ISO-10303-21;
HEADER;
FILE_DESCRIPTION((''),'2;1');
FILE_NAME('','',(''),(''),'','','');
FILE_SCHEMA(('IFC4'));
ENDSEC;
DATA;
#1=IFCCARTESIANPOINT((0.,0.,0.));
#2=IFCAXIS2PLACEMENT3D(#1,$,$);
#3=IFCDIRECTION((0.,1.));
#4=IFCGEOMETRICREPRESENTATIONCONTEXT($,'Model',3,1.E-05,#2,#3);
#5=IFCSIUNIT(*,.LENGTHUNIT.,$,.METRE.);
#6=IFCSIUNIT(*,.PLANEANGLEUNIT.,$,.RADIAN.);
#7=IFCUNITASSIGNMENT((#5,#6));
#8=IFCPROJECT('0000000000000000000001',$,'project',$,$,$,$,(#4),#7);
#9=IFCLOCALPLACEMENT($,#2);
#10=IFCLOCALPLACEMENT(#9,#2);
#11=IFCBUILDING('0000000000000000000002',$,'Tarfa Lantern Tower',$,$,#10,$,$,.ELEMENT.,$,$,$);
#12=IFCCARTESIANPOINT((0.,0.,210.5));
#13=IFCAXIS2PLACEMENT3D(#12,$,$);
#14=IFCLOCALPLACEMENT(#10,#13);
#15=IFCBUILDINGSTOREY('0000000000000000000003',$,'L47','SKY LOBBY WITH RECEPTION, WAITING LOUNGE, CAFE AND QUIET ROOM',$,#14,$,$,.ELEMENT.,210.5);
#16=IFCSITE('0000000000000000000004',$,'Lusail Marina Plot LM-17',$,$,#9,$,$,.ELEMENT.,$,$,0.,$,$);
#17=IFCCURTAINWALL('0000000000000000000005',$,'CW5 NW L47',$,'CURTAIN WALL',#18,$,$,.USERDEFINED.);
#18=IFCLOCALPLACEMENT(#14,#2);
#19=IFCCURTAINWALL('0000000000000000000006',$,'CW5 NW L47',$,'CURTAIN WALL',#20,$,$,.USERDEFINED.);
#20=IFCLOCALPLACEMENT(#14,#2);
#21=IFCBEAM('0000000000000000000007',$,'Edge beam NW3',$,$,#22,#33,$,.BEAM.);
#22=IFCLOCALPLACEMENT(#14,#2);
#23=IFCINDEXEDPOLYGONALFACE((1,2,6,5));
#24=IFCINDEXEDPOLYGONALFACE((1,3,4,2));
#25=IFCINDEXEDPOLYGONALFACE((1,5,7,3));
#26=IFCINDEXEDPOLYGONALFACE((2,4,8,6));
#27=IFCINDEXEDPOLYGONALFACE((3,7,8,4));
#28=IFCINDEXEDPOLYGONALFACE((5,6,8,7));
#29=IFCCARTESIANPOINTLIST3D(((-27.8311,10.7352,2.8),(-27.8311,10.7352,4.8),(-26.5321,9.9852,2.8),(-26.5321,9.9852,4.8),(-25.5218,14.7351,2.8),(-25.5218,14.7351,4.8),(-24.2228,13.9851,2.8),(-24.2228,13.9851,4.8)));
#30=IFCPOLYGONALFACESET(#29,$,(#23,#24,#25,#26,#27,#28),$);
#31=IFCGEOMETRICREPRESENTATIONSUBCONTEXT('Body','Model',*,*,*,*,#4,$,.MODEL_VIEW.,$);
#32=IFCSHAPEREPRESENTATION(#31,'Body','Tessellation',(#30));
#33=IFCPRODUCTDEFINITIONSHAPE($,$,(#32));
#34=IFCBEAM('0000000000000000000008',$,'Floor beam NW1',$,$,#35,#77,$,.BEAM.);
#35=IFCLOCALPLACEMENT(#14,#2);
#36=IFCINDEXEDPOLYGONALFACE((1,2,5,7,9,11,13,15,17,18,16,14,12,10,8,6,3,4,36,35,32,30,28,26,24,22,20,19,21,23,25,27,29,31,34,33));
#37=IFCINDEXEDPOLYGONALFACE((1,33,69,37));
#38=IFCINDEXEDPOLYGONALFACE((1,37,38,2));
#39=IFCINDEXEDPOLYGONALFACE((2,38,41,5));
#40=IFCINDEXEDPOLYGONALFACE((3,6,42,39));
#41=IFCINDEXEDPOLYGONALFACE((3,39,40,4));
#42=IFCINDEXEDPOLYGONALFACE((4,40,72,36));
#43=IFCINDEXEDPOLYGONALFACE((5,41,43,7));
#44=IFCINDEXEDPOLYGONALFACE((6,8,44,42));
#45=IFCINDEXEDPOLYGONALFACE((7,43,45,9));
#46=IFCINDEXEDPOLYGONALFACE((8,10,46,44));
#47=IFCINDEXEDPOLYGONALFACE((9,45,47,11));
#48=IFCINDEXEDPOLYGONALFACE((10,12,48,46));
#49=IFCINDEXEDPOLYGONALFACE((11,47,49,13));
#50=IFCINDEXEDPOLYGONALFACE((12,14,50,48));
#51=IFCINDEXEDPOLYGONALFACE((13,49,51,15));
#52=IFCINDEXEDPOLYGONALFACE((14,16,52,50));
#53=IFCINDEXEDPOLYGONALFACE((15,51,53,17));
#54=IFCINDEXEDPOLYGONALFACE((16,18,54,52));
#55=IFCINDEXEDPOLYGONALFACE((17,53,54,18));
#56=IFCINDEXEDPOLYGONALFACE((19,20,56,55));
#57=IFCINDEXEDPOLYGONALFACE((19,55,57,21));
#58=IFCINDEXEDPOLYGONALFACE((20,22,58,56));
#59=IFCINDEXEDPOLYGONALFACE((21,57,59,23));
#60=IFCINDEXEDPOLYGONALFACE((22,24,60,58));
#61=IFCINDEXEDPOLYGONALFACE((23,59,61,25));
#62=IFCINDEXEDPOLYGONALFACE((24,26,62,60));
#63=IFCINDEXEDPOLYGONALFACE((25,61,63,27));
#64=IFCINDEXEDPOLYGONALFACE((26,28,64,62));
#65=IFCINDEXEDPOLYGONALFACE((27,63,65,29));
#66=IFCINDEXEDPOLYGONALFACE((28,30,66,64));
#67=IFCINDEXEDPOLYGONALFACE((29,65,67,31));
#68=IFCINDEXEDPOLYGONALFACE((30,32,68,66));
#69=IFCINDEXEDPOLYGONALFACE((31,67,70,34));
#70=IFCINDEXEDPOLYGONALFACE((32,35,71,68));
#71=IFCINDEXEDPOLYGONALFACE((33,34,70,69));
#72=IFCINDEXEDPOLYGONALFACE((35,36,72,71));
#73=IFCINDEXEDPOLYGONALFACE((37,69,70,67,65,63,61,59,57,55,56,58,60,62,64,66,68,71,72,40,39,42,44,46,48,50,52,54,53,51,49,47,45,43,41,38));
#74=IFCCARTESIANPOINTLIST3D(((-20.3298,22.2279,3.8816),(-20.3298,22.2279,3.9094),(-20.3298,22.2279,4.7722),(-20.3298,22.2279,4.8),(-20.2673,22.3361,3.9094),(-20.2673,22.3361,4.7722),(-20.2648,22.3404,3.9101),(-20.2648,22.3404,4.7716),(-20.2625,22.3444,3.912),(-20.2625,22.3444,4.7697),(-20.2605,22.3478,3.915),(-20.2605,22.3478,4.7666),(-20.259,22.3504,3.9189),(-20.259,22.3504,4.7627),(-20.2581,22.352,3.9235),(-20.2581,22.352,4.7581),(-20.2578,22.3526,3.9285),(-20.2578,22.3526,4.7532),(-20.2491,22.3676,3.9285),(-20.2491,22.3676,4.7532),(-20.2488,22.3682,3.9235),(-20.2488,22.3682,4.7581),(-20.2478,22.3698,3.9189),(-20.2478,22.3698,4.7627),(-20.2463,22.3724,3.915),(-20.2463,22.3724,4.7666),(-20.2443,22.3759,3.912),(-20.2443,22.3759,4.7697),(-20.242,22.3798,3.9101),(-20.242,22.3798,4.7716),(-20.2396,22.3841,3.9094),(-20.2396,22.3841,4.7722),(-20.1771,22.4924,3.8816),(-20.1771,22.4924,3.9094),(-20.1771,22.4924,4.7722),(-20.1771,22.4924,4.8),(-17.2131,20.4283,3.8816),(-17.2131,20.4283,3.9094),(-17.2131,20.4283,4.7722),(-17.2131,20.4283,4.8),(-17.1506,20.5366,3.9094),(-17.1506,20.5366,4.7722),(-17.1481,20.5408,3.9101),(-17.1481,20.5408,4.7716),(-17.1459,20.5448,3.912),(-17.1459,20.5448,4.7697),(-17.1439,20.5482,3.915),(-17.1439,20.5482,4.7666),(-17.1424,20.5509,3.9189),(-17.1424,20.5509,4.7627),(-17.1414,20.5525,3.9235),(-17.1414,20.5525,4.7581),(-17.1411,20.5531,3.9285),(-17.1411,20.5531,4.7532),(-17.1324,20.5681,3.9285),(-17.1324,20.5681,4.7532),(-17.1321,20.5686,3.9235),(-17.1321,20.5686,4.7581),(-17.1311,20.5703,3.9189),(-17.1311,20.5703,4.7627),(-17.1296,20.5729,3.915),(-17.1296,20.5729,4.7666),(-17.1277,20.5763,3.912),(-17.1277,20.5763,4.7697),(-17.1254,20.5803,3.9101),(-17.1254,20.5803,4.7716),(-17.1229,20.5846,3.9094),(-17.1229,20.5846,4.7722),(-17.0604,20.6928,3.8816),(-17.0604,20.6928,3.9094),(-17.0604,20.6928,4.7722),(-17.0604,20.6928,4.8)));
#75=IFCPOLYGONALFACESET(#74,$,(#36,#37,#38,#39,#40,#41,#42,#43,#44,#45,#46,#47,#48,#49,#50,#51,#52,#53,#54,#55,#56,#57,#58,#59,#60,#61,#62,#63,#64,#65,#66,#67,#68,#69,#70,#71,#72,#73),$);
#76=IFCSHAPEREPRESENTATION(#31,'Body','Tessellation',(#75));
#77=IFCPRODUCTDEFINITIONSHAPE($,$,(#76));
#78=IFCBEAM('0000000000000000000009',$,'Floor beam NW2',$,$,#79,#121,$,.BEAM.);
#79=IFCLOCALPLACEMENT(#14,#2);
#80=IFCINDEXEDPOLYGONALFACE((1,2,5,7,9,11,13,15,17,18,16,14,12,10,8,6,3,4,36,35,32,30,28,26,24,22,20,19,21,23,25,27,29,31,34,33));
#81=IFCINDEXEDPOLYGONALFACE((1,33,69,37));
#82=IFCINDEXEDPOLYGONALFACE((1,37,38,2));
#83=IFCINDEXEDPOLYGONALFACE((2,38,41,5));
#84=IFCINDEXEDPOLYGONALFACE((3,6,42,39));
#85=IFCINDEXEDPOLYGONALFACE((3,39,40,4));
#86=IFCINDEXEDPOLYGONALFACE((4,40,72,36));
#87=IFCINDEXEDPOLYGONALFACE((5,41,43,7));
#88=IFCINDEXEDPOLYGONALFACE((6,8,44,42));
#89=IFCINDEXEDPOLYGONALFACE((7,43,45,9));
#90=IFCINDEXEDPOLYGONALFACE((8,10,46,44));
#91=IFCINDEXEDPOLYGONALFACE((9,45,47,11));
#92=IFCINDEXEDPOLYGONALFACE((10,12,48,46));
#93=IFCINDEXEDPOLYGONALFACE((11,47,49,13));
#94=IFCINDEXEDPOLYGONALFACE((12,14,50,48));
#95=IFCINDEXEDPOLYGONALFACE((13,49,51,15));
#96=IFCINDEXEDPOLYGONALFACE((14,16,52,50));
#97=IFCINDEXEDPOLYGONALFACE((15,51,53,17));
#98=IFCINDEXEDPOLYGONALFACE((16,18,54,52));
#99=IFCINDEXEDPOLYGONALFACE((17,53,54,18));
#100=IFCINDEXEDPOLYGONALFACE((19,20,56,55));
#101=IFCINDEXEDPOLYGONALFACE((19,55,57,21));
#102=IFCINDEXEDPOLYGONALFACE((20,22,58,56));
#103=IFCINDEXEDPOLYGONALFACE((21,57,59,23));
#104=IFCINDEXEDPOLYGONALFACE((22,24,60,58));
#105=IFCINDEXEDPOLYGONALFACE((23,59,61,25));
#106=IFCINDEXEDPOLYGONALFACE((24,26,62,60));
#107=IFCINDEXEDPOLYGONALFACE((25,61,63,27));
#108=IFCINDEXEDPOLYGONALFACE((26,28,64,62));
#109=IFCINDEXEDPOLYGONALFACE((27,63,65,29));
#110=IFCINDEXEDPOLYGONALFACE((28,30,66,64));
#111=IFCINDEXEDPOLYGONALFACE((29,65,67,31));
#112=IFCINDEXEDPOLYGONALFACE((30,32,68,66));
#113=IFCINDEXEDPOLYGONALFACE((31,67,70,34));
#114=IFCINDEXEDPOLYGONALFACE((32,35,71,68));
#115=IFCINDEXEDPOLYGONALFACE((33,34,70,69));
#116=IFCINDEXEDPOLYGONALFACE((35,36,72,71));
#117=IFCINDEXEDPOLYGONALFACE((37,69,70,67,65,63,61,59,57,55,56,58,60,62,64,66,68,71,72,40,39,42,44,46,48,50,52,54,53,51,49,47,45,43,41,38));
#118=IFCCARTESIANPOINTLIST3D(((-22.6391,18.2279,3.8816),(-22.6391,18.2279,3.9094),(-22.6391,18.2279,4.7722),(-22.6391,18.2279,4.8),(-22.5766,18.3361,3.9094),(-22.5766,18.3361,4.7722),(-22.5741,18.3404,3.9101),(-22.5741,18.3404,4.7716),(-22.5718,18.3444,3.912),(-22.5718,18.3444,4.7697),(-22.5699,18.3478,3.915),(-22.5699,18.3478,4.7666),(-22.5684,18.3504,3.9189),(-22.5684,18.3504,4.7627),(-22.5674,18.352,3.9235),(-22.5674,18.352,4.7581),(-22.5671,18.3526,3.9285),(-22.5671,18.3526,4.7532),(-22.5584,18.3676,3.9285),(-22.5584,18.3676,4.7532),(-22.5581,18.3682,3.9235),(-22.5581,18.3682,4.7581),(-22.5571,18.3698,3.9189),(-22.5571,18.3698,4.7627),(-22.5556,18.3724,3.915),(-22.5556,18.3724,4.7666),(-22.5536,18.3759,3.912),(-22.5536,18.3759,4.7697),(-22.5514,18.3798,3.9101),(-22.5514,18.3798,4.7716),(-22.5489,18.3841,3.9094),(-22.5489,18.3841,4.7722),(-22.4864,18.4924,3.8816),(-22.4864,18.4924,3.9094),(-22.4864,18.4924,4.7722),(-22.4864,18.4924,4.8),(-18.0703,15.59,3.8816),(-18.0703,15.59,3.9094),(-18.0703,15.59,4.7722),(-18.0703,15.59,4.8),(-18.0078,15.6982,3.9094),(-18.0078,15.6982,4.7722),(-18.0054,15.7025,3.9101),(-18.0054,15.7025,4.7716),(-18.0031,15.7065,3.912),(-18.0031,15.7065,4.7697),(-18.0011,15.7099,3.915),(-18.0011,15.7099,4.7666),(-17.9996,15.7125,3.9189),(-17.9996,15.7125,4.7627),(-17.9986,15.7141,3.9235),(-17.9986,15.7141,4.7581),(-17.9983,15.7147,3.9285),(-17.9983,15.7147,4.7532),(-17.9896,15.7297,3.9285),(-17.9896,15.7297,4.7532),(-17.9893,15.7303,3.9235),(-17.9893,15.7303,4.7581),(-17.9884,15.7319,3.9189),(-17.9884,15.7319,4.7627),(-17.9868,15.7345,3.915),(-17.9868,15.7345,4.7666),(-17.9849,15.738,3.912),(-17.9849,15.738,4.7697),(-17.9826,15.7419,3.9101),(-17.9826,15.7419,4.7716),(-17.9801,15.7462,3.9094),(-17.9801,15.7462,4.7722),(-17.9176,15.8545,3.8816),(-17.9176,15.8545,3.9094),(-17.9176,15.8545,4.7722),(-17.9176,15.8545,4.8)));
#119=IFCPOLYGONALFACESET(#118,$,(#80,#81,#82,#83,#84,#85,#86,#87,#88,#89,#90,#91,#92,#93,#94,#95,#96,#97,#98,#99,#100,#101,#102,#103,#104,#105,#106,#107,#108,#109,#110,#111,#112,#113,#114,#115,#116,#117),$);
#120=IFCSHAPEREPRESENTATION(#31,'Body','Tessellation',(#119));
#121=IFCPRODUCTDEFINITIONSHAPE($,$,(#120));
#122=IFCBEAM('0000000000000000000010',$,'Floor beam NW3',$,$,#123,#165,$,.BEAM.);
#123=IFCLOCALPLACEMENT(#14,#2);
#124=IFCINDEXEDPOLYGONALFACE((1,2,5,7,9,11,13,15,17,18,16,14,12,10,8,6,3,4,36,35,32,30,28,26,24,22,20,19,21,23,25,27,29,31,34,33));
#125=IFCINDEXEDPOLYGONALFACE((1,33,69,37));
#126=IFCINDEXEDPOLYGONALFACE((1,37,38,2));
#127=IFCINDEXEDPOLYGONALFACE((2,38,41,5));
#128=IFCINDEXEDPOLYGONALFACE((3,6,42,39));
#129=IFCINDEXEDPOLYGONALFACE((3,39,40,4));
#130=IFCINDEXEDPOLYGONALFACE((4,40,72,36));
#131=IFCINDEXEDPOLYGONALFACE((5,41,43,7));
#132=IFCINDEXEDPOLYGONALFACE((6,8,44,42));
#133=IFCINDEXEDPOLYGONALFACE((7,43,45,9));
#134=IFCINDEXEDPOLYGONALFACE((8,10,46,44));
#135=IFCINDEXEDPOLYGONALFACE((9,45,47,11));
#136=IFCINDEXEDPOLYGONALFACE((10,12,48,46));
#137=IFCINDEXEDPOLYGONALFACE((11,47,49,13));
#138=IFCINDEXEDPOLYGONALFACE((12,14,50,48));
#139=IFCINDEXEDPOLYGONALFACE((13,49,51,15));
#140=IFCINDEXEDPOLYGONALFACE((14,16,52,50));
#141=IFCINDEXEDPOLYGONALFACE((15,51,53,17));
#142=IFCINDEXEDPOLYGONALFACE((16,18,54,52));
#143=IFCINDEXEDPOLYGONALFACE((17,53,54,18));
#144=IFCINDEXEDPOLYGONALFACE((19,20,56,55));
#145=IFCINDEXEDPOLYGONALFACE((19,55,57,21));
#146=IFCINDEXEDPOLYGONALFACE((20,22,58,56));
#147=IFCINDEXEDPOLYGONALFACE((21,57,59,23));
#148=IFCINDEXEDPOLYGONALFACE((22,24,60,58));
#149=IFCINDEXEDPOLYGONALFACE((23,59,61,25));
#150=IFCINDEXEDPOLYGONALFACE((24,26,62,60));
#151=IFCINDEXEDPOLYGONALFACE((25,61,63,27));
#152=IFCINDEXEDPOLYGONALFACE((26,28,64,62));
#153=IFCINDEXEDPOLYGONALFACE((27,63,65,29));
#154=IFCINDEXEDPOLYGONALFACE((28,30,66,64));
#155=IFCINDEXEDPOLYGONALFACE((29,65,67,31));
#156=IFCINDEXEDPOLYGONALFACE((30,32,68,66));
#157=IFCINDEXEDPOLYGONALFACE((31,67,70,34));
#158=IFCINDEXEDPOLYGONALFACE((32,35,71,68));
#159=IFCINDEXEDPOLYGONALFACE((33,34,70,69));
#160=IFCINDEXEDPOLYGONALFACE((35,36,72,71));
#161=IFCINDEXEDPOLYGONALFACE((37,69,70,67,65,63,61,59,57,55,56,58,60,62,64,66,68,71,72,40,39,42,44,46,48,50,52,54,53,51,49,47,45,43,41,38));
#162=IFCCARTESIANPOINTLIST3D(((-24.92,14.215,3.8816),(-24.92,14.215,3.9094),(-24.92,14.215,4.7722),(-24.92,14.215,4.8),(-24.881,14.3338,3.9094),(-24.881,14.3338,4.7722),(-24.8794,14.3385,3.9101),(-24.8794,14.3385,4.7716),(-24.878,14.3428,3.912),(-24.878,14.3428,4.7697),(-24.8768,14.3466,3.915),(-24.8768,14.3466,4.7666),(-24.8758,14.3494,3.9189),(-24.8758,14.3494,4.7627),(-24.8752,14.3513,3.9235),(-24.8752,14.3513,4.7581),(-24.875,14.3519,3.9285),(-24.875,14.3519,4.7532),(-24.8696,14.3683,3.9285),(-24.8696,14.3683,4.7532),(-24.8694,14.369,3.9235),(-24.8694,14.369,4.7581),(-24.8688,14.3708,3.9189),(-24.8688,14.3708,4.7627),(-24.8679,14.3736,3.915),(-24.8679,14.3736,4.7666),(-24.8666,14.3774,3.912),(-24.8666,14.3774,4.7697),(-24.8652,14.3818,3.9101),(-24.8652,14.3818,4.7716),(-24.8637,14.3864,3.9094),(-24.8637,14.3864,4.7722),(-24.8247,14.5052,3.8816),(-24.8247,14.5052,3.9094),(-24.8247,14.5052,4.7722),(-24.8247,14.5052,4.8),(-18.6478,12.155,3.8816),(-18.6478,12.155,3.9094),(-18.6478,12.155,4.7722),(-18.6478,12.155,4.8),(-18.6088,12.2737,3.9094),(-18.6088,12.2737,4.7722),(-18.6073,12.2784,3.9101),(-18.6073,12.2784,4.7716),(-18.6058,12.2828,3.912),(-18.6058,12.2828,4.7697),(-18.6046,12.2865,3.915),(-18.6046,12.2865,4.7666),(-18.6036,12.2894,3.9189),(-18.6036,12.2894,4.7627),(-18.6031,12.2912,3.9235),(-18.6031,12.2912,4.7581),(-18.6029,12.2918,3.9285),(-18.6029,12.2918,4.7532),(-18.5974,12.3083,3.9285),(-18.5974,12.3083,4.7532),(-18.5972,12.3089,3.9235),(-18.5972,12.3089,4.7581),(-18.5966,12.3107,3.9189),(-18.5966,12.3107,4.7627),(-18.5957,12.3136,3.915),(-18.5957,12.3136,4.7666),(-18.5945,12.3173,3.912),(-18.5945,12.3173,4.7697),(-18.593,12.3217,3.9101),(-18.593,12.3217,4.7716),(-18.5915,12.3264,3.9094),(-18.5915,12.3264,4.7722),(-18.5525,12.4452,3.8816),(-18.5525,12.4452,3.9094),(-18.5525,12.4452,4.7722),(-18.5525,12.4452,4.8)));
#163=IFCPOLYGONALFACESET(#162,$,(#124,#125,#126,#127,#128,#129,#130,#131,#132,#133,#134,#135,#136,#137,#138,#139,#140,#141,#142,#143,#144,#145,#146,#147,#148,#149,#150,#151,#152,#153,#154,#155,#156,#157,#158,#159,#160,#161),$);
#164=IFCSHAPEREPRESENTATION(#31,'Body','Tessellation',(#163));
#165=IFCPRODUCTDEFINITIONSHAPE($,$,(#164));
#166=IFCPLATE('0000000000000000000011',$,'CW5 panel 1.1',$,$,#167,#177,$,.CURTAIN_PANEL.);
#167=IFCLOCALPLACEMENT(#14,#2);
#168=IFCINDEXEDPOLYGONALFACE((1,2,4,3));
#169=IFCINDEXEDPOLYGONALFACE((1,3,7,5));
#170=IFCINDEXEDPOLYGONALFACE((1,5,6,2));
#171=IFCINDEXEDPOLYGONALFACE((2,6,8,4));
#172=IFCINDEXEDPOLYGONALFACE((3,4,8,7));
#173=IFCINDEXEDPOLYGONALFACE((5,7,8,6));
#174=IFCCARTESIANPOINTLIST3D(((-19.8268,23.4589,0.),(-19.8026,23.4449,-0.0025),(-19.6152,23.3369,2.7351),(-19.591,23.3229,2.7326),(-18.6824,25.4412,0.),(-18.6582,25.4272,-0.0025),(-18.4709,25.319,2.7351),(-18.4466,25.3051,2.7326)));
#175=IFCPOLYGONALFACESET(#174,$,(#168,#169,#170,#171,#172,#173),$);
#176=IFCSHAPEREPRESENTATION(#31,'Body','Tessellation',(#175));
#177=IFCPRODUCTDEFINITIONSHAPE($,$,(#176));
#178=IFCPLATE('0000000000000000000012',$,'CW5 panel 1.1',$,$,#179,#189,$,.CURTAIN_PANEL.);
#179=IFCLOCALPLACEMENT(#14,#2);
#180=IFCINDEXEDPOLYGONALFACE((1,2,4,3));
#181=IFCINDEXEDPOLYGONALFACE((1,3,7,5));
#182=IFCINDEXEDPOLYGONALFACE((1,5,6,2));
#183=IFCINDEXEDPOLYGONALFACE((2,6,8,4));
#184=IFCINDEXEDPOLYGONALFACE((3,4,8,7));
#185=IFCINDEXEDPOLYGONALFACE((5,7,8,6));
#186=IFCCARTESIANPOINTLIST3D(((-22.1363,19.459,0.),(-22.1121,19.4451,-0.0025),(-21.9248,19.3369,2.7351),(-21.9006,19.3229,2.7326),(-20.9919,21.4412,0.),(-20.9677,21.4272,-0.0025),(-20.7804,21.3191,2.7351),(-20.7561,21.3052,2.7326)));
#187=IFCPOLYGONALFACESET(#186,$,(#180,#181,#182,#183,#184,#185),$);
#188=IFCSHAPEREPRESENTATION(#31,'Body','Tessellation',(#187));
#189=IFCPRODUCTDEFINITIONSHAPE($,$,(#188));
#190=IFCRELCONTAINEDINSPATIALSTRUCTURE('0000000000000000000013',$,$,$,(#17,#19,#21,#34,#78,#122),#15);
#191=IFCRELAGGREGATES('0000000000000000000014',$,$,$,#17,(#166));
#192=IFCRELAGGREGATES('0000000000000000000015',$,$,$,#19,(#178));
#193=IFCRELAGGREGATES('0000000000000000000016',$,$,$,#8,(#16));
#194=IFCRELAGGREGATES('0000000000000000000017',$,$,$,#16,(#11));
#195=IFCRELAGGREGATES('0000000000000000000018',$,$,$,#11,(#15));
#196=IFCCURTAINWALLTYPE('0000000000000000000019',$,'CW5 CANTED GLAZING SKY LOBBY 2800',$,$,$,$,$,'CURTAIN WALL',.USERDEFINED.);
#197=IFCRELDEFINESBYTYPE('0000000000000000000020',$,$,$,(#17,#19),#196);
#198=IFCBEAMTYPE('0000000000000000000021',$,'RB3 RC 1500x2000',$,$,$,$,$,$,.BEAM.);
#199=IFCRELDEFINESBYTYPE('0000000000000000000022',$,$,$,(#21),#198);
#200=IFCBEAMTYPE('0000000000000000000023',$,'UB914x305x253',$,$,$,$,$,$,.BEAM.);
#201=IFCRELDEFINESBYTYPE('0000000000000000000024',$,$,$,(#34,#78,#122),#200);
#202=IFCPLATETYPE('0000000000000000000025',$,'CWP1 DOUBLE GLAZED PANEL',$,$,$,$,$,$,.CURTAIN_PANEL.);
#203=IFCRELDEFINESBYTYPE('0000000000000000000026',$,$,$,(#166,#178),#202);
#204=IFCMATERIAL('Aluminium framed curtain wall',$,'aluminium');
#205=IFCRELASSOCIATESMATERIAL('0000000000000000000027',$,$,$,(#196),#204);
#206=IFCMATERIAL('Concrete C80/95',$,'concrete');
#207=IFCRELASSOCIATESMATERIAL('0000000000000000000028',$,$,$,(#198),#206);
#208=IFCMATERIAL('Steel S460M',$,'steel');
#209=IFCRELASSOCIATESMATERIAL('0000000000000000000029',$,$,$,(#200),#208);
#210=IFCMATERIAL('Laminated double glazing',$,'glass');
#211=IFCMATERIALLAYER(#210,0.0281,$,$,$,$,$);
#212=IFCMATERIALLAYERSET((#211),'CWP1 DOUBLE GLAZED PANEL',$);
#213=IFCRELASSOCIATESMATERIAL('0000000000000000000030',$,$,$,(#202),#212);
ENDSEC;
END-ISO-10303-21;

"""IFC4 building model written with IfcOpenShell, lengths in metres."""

from ifc_helpers import new_model, si_unit, direction, frame, origin, origin_2d, place, context, subcontext, project, spatial, polyline, rectangle, i_section, outline, extrude, material, layer, layer_set, material_profile, profile_set, type_object, element, aggregate, save


model = new_model("IFC4")

# Units and contexts
model_context = context("Model", 3, precision=1e-05, world=origin(), true_north=direction((0.0, 1.0)))
body_context = subcontext(model_context, "Body", "Model", "MODEL_VIEW")
ifc_project = project(units=[si_unit("LENGTHUNIT", "METRE"), si_unit("PLANEANGLEUNIT", "RADIAN")], contexts=[model_context])

# Site, building, storey
site_placement = place(None, origin())
site = spatial("IfcSite", under=ifc_project, at=site_placement, Name="Lusail Marina Plot LM-17", CompositionType="ELEMENT", RefElevation=0.0)
building_placement = place(site_placement, origin())
building = spatial("IfcBuilding", under=site, at=building_placement, Name="Tarfa Lantern Tower", CompositionType="ELEMENT")
storey_placement = place(building_placement, frame((0.0, 0.0, 210.5)))
storey = spatial("IfcBuildingStorey", under=building, at=storey_placement, Name="L47", Description="SKY LOBBY WITH RECEPTION, WAITING LOUNGE, CAFE AND QUIET ROOM", CompositionType="ELEMENT", Elevation=210.5)

# Shared definitions
ifc_material_1 = material(Name="Steel S460M", Category="steel")

# Curtain walls
ifc_material_2 = material(Name="Aluminium framed curtain wall", Category="aluminium")
curtain_wall_type = type_object("IfcCurtainWallType", Name="CW5 CANTED GLAZING SKY LOBBY 2800", ElementType="CURTAIN WALL", PredefinedType="USERDEFINED", material=ifc_material_2)
curtain_wall_1_placement = place(storey_placement, origin())
curtain_wall_1 = element("IfcCurtainWall", 1, at=curtain_wall_1_placement, inside=storey, type_object=curtain_wall_type, Name="CW5 NW L47", ObjectType="CURTAIN WALL", PredefinedType="USERDEFINED")
curtain_wall_2_placement = place(storey_placement, origin())
curtain_wall_2 = element("IfcCurtainWall", 2, at=curtain_wall_2_placement, inside=storey, type_object=curtain_wall_type, Name="CW5 NW L47", ObjectType="CURTAIN WALL", PredefinedType="USERDEFINED")

# Beams
ifc_material_3 = material(Name="Concrete C80/95", Category="concrete")
ifc_material_profile_1 = material_profile(ifc_material_3, rectangle(XDim=1.5, YDim=2.0, at=origin_2d()), Name="RC 1500x2000")
ifc_profile_set_1 = profile_set([ifc_material_profile_1], Name="Concrete C80/95")
beam_type_1 = type_object("IfcBeamType", Name="RB3 RC 1500x2000", PredefinedType="BEAM", material=ifc_profile_set_1)
beam_1_placement = place(storey_placement, frame((-24.8723, 14.3601, 3.8), z_axis=(-0.499988, -0.866032, 0.0), x_axis=(0.866032, -0.499988, 0.0)))
element("IfcBeam", 3, at=beam_1_placement, inside=storey, type_object=beam_type_1, Name="Edge beam NW3", PredefinedType="BEAM", context=body_context, shape_type="SweptSolid", body=[
    extrude(rectangle(XDim=1.5, YDim=2.0, at=origin_2d()), origin(), (0.0, 0.0, 1.0), 4.6187),
])
ifc_material_profile_2 = material_profile(ifc_material_1, i_section(OverallWidth=0.3054, OverallDepth=0.9185, WebThickness=0.0173, FlangeThickness=0.0278, FilletRadius=0.019, at=origin_2d()), Name="UB914x305x253")
ifc_profile_set_2 = profile_set([ifc_material_profile_2], Name="Steel S460M")
beam_type_2 = type_object("IfcBeamType", Name="UB914x305x253", PredefinedType="BEAM", material=ifc_profile_set_2)
beam_2_placement = place(storey_placement, frame((-20.2534, 22.3601, 4.3408), z_axis=(0.866009, -0.500028, 0.0), x_axis=(0.500028, 0.866009, 0.0)))
element("IfcBeam", 4, at=beam_2_placement, inside=storey, type_object=beam_type_2, Name="Floor beam NW1", PredefinedType="BEAM", context=body_context, shape_type="SweptSolid", body=[
    extrude(i_section(OverallWidth=0.3054, OverallDepth=0.9185, WebThickness=0.0173, FlangeThickness=0.0278, FilletRadius=0.019, at=origin_2d()), origin(), (0.0, 0.0, 1.0), 3.5989),
])
beam_3_placement = place(storey_placement, frame((-22.5627, 18.3601, 4.3408), z_axis=(0.866016, -0.500016, 0.0), x_axis=(0.500016, 0.866016, 0.0)))
element("IfcBeam", 5, at=beam_3_placement, inside=storey, type_object=beam_type_2, Name="Floor beam NW2", PredefinedType="BEAM", context=body_context, shape_type="SweptSolid", body=[
    extrude(i_section(OverallWidth=0.3054, OverallDepth=0.9185, WebThickness=0.0173, FlangeThickness=0.0278, FilletRadius=0.019, at=origin_2d()), origin(), (0.0, 0.0, 1.0), 5.2756),
])
beam_4_placement = place(storey_placement, frame((-24.8723, 14.3601, 4.3408), z_axis=(0.950068, -0.312042, 0.0), x_axis=(0.312042, 0.950068, 0.0)))
element("IfcBeam", 6, at=beam_4_placement, inside=storey, type_object=beam_type_2, Name="Floor beam NW3", PredefinedType="BEAM", context=body_context, shape_type="SweptSolid", body=[
    extrude(i_section(OverallWidth=0.3054, OverallDepth=0.9185, WebThickness=0.0173, FlangeThickness=0.0278, FilletRadius=0.019, at=origin_2d()), origin(), (0.0, 0.0, 1.0), 6.6018),
])

# Plates
ifc_material_4 = material(Name="Laminated double glazing", Category="glass")
ifc_layer = layer(ifc_material_4, 0.0281)
ifc_layer_set = layer_set([ifc_layer], Name="CWP1 DOUBLE GLAZED PANEL")
plate_type = type_object("IfcPlateType", Name="CWP1 DOUBLE GLAZED PANEL", PredefinedType="CURTAIN_PANEL", material=ifc_layer_set)
plate_1_placement = place(storey_placement, frame((-18.6824, 25.4412, 0.0), z_axis=(-0.862593, 0.498018, 0.088945), x_axis=(-0.5, -0.866026, -0.000004)))
plate_1 = element("IfcPlate", 7, at=plate_1_placement, type_object=plate_type, Name="CW5 panel 1.1", PredefinedType="CURTAIN_PANEL", context=body_context, shape_type="SweptSolid", body=[
    extrude(outline(polyline([(0.0, 0.0), (2.2889, 0.0), (2.2888, 2.746), (0.0, 2.746), (0.0, 0.0)])), origin(), (0.0, 0.0, -1.0), 0.0281),
])
aggregate(curtain_wall_1, [plate_1])
plate_2_placement = place(storey_placement, frame((-20.9919, 21.4412, 0.0), z_axis=(-0.862593, 0.498018, 0.088945), x_axis=(-0.499999, -0.866026, 0.000004)))
plate_2 = element("IfcPlate", 8, at=plate_2_placement, type_object=plate_type, Name="CW5 panel 1.1", PredefinedType="CURTAIN_PANEL", context=body_context, shape_type="SweptSolid", body=[
    extrude(outline(polyline([(0.0, 0.0), (2.2888, 0.0), (2.2888, 2.746), (-0.0001, 2.746), (0.0, 0.0)])), origin(), (0.0, 0.0, -1.0), 0.0281),
])
aggregate(curtain_wall_2, [plate_2])

save(model, "model.ifc")
